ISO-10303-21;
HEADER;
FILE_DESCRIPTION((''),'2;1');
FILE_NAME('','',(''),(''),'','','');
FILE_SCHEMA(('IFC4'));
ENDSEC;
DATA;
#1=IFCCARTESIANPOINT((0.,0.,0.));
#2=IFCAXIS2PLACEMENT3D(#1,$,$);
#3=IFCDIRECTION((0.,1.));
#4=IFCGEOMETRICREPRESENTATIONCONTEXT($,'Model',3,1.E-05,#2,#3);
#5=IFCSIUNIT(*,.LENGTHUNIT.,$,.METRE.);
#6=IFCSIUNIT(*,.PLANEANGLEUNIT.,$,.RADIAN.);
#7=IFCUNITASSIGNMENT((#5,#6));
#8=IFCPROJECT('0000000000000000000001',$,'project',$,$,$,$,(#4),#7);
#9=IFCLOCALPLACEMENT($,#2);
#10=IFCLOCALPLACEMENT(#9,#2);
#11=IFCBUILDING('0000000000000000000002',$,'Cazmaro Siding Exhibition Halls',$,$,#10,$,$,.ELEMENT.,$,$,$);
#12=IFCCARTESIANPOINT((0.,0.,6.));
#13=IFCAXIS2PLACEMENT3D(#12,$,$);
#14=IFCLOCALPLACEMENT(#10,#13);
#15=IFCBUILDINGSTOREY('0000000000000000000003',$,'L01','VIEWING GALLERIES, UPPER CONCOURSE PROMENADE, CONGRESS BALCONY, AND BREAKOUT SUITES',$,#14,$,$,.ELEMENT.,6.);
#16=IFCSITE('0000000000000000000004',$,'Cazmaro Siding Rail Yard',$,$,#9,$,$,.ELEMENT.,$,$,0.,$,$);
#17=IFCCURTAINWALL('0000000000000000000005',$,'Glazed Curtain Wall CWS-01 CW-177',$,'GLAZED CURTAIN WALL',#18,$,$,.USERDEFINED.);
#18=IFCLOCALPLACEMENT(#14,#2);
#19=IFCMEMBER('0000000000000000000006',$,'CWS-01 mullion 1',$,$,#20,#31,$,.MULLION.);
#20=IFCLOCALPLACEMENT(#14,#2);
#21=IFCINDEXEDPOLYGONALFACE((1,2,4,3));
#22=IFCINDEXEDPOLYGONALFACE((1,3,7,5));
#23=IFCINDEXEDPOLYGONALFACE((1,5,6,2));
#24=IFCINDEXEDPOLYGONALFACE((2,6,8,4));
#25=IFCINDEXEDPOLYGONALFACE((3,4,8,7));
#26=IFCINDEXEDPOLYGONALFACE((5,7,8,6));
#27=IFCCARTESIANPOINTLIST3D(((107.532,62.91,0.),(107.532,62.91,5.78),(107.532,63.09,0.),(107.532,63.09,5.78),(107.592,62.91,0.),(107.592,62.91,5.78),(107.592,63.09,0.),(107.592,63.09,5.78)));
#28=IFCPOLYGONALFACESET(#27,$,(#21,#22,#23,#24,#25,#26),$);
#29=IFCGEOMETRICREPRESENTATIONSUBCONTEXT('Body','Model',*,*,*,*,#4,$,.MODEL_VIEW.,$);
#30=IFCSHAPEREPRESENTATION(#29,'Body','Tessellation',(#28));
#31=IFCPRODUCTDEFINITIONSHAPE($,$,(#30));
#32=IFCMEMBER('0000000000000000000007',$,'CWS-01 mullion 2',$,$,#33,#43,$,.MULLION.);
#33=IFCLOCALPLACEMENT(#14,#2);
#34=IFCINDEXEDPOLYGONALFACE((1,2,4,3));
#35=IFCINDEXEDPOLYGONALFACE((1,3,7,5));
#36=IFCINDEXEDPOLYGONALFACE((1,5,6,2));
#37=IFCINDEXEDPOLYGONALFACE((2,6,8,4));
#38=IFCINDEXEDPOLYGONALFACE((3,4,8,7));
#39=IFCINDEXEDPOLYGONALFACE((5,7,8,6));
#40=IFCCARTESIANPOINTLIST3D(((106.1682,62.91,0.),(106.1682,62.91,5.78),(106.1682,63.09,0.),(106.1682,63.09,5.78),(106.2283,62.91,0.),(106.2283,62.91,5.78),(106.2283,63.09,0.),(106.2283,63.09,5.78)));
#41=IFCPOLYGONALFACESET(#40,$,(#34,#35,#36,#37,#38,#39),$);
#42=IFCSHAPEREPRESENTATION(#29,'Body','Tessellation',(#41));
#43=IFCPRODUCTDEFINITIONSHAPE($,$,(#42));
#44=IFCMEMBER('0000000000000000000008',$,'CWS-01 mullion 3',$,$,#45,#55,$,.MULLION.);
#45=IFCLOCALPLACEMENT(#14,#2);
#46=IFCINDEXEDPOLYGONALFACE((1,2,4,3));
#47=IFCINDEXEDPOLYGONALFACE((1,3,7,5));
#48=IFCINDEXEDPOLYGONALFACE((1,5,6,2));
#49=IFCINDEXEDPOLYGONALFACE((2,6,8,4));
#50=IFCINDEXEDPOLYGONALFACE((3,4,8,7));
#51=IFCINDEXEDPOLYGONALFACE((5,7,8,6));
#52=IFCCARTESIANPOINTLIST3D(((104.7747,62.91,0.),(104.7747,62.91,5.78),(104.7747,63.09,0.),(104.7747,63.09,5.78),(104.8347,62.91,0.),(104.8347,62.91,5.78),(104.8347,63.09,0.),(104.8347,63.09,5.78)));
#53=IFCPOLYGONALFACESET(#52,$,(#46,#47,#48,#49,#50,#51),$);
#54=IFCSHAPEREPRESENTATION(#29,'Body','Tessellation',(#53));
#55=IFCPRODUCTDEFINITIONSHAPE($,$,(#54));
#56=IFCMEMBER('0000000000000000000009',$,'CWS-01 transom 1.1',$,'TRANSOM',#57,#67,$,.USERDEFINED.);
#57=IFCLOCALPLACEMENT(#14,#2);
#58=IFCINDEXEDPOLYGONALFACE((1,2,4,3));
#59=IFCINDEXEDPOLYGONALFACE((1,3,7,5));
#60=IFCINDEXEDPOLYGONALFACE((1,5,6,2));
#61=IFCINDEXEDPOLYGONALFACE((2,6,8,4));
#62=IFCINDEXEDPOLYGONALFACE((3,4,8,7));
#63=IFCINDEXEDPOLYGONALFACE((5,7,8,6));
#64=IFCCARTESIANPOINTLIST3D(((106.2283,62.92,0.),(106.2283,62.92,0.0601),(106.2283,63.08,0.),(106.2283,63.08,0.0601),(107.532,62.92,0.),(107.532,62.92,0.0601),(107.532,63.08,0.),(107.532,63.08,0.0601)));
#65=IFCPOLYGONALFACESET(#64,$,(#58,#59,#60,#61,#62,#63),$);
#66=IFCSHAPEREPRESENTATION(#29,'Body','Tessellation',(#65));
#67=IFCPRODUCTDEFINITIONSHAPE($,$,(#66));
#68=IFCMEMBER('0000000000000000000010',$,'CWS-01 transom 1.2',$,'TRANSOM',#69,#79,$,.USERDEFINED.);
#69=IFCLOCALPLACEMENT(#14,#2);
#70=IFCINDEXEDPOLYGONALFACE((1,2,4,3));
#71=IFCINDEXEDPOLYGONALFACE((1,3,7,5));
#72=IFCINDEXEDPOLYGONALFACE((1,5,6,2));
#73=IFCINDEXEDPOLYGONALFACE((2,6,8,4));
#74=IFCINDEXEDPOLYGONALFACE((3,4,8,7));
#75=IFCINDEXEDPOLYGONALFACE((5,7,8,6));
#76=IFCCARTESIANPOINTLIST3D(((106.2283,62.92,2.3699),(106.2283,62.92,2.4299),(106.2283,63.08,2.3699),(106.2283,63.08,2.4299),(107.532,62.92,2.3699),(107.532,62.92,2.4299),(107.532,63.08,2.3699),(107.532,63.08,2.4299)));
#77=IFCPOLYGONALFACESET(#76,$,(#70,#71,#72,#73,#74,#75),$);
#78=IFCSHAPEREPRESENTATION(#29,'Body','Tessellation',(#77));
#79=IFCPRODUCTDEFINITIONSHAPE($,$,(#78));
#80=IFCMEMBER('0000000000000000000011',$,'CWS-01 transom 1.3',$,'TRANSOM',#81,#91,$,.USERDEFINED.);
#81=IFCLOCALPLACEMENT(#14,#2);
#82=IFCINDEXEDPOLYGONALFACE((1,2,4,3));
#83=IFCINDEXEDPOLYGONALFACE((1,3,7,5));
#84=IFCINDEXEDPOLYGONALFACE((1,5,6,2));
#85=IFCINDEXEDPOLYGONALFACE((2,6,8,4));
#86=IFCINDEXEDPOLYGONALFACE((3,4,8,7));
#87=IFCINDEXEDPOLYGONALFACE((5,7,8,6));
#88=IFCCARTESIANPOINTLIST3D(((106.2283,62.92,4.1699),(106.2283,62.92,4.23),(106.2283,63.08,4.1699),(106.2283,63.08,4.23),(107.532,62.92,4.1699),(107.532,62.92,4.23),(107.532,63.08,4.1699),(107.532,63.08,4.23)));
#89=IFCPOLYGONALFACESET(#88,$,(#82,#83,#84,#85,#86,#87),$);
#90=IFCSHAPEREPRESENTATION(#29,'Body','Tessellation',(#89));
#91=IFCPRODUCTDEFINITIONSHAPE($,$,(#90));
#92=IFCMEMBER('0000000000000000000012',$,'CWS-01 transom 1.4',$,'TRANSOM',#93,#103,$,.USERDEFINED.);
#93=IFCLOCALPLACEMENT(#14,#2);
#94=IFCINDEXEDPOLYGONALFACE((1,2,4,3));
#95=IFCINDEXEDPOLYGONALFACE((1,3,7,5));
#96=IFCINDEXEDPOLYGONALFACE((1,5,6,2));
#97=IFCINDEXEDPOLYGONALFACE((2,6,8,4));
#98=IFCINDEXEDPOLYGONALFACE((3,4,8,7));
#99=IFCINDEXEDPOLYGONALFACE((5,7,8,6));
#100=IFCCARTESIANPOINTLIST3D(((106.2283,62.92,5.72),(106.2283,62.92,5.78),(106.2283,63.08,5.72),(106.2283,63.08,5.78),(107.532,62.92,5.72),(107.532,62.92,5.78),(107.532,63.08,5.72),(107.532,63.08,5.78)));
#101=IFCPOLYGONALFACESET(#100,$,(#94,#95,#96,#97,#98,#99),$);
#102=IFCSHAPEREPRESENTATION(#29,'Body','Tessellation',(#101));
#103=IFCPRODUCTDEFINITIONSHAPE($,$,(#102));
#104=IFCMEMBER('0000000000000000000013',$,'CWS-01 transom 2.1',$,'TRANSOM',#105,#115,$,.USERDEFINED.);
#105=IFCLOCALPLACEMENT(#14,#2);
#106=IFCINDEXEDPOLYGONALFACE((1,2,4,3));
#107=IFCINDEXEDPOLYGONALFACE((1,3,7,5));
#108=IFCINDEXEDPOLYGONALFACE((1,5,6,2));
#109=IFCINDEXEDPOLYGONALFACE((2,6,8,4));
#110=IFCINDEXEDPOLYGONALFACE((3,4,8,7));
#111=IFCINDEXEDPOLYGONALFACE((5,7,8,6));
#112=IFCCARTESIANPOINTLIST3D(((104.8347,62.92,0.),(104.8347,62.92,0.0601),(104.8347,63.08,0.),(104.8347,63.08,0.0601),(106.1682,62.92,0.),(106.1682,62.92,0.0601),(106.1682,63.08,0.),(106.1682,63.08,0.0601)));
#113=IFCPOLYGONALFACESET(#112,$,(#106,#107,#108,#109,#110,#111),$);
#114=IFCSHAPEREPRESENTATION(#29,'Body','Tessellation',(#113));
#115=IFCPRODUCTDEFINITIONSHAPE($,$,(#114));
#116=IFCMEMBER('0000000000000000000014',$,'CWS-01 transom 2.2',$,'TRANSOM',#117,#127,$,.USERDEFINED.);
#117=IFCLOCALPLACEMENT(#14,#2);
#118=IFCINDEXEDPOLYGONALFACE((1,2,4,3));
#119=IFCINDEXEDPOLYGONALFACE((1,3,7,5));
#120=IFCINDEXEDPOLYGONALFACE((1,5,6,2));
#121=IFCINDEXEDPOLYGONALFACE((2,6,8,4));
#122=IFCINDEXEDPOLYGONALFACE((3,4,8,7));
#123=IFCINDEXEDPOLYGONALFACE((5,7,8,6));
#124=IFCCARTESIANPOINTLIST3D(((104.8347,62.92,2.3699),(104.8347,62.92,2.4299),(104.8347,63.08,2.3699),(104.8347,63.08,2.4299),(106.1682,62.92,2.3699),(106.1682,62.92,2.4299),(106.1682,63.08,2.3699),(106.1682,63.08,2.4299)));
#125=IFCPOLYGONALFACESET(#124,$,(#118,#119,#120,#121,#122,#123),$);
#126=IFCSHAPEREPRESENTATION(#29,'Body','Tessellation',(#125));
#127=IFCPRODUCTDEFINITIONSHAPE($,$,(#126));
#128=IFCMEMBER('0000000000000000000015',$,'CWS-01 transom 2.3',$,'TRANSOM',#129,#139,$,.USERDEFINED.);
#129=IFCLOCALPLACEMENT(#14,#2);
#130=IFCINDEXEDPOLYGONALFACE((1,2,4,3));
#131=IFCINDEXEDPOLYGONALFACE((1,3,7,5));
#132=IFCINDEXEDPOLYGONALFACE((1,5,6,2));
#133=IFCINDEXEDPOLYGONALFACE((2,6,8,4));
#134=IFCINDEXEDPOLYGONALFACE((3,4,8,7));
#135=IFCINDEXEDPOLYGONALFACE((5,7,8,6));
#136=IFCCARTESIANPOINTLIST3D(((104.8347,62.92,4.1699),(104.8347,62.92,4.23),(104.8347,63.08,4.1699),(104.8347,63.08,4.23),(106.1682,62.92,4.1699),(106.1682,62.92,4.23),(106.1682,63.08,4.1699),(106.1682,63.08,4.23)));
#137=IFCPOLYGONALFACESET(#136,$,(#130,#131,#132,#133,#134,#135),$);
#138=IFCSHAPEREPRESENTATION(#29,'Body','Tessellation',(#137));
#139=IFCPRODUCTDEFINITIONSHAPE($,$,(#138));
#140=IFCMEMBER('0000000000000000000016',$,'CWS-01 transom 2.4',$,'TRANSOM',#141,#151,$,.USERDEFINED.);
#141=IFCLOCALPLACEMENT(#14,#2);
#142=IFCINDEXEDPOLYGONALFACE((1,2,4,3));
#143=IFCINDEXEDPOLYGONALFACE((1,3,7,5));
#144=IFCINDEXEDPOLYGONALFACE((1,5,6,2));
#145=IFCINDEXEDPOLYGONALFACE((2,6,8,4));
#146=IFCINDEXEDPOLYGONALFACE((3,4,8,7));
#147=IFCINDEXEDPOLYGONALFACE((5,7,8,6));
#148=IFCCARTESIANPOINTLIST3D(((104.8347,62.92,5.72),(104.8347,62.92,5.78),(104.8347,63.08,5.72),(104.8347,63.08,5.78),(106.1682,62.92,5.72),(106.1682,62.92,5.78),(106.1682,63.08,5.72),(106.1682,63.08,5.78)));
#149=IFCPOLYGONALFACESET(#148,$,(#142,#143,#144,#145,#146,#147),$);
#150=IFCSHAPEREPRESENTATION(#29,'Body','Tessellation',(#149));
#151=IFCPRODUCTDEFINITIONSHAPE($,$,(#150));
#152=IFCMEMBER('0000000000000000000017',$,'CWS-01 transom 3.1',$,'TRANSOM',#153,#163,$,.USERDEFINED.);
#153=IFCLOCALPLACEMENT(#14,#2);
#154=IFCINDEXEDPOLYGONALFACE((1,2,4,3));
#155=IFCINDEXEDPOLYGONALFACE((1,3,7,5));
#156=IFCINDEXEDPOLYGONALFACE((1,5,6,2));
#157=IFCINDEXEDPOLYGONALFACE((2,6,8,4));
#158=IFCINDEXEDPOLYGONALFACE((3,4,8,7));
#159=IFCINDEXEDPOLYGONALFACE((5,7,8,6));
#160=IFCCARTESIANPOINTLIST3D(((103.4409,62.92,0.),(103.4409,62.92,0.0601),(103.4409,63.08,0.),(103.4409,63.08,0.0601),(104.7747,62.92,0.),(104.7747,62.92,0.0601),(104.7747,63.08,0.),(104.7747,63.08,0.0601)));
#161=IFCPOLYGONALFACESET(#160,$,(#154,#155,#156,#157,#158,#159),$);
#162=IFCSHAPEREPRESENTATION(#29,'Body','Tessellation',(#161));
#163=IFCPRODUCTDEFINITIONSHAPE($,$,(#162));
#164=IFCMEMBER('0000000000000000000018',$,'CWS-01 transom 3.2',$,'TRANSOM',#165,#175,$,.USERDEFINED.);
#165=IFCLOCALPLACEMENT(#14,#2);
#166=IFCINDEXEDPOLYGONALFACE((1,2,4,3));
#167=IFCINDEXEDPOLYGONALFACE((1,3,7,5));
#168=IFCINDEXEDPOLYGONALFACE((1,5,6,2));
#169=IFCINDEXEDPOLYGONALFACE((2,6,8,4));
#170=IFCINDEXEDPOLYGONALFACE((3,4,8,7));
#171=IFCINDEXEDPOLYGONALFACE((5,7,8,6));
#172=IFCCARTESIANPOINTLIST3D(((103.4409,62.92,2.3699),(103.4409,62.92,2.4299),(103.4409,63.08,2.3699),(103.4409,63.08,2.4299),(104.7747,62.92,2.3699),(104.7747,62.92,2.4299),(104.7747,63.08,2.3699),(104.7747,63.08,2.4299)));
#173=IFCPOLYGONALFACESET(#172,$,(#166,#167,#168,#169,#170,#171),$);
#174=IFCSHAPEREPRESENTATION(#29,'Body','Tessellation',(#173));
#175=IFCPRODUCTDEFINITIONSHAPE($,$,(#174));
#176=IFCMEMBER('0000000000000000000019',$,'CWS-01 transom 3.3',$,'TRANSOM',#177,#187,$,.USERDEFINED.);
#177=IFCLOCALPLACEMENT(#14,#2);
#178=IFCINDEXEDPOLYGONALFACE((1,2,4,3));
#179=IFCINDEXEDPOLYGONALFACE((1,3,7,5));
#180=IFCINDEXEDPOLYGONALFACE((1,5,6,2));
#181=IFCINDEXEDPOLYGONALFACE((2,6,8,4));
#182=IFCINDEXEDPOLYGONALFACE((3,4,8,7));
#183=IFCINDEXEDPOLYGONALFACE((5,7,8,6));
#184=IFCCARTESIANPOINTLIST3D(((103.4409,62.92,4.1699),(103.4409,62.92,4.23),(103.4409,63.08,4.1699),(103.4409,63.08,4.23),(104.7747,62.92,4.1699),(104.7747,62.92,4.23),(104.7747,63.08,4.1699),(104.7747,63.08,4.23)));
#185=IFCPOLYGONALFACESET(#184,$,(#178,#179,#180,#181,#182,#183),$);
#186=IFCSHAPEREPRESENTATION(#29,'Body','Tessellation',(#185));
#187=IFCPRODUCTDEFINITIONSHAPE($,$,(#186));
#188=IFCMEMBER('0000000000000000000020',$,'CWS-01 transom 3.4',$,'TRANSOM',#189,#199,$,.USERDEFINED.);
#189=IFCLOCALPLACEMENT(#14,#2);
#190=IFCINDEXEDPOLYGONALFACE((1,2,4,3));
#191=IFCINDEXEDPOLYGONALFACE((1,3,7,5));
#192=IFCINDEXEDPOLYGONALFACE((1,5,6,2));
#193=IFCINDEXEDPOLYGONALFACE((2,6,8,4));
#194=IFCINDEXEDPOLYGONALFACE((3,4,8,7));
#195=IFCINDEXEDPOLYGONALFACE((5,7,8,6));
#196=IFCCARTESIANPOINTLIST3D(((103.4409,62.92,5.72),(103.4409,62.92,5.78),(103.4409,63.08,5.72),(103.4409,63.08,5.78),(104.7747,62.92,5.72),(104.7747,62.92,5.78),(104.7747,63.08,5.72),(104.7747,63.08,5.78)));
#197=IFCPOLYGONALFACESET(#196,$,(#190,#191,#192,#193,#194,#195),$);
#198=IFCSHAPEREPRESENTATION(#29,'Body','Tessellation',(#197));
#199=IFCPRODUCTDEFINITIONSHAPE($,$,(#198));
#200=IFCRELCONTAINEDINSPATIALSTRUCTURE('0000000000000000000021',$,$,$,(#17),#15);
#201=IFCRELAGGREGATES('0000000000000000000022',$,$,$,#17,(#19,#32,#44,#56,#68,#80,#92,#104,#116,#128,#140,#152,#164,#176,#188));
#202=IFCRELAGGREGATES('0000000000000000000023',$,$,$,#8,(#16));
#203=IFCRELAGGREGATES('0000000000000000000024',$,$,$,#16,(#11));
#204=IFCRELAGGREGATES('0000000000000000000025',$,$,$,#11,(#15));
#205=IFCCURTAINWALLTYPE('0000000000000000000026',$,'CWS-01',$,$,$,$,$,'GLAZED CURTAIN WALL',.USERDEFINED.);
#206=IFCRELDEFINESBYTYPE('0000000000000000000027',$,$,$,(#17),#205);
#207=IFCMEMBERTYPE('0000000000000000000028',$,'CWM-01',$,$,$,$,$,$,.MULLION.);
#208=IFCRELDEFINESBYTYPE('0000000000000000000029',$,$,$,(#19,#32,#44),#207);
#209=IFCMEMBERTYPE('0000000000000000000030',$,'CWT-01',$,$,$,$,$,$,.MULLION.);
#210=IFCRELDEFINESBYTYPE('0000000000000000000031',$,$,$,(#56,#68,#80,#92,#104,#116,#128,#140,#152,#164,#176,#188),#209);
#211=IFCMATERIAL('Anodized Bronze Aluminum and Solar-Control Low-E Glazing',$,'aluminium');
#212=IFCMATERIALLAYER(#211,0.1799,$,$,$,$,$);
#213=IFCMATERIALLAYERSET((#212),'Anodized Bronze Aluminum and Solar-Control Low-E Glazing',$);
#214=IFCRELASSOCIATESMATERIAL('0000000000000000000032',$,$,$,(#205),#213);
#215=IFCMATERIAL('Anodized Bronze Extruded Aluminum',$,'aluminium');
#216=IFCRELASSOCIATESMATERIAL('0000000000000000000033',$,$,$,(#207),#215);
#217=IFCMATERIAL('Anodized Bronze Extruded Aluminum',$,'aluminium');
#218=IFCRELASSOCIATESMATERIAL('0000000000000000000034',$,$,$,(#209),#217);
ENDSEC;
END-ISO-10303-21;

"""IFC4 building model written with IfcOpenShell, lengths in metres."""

from ifc_helpers import new_model, si_unit, direction, frame, origin, origin_2d, place, context, subcontext, project, spatial, rectangle, extrude, material, layer, layer_set, material_profile, profile_set, type_object, element, aggregate, save


model = new_model("IFC4")

# Units and contexts
model_context = context("Model", 3, precision=1e-05, world=origin(), true_north=direction((0.0, 1.0)))
body_context = subcontext(model_context, "Body", "Model", "MODEL_VIEW")
ifc_project = project(units=[si_unit("LENGTHUNIT", "METRE"), si_unit("PLANEANGLEUNIT", "RADIAN")], contexts=[model_context])

# Site, building, storey
site_placement = place(None, origin())
site = spatial("IfcSite", under=ifc_project, at=site_placement, Name="Cazmaro Siding Rail Yard", CompositionType="ELEMENT", RefElevation=0.0)
building_placement = place(site_placement, origin())
building = spatial("IfcBuilding", under=site, at=building_placement, Name="Cazmaro Siding Exhibition Halls", CompositionType="ELEMENT")
storey_placement = place(building_placement, frame((0.0, 0.0, 6.0)))
storey = spatial("IfcBuildingStorey", under=building, at=storey_placement, Name="L01", Description="VIEWING GALLERIES, UPPER CONCOURSE PROMENADE, CONGRESS BALCONY, AND BREAKOUT SUITES", CompositionType="ELEMENT", Elevation=6.0)

# Curtain wall, members
ifc_material_1 = material(Name="Anodized Bronze Aluminum and Solar-Control Low-E Glazing", Category="aluminium")
ifc_layer_1 = layer(ifc_material_1, 0.1799)
ifc_layer_set_1 = layer_set([ifc_layer_1], Name="Anodized Bronze Aluminum and Solar-Control Low-E Glazing")
curtain_wall_type = type_object("IfcCurtainWallType", Name="CWS-01", ElementType="GLAZED CURTAIN WALL", PredefinedType="USERDEFINED", material=ifc_layer_set_1)
curtain_wall_placement = place(storey_placement, origin())
curtain_wall = element("IfcCurtainWall", 1, at=curtain_wall_placement, inside=storey, type_object=curtain_wall_type, Name="Glazed Curtain Wall CWS-01 CW-177", ObjectType="GLAZED CURTAIN WALL", PredefinedType="USERDEFINED")
ifc_material_2 = material(Name="Anodized Bronze Extruded Aluminum", Category="aluminium")
ifc_material_profile_1 = material_profile(ifc_material_2, rectangle(XDim=0.1799, YDim=0.0601, at=origin_2d()), Name="CWM-01")
ifc_profile_set_1 = profile_set([ifc_material_profile_1], Name="Anodized Bronze Extruded Aluminum")
member_type_1 = type_object("IfcMemberType", Name="CWM-01", PredefinedType="MULLION", material=ifc_profile_set_1)
member_1_placement = place(storey_placement, frame((107.562, 63.0, 0.0), z_axis=(0.0, 0.0, 1.0), x_axis=(0.0, -1.0, 0.0)))
member_1 = element("IfcMember", 2, at=member_1_placement, type_object=member_type_1, Name="CWS-01 mullion 1", PredefinedType="MULLION", context=body_context, shape_type="SweptSolid", body=[
    extrude(rectangle(XDim=0.1799, YDim=0.0601, at=origin_2d()), origin(), (0.0, 0.0, 1.0), 5.78),
])
member_2_placement = place(storey_placement, frame((106.1982, 63.0, 0.0), z_axis=(0.0, 0.0, 1.0), x_axis=(0.0, -1.0, 0.0)))
member_2 = element("IfcMember", 3, at=member_2_placement, type_object=member_type_1, Name="CWS-01 mullion 2", PredefinedType="MULLION", context=body_context, shape_type="SweptSolid", body=[
    extrude(rectangle(XDim=0.1799, YDim=0.0601, at=origin_2d()), origin(), (0.0, 0.0, 1.0), 5.78),
])
member_3_placement = place(storey_placement, frame((104.8047, 63.0, 0.0), z_axis=(0.0, 0.0, 1.0), x_axis=(0.0, -1.0, 0.0)))
member_3 = element("IfcMember", 4, at=member_3_placement, type_object=member_type_1, Name="CWS-01 mullion 3", PredefinedType="MULLION", context=body_context, shape_type="SweptSolid", body=[
    extrude(rectangle(XDim=0.1799, YDim=0.0601, at=origin_2d()), origin(), (0.0, 0.0, 1.0), 5.78),
])
ifc_material_3 = material(Name="Anodized Bronze Extruded Aluminum", Category="aluminium")
ifc_material_profile_2 = material_profile(ifc_material_3, rectangle(XDim=0.1599, YDim=0.0601, at=origin_2d()), Name="CWT-01")
ifc_profile_set_2 = profile_set([ifc_material_profile_2], Name="Anodized Bronze Extruded Aluminum")
member_type_2 = type_object("IfcMemberType", Name="CWT-01", PredefinedType="MULLION", material=ifc_profile_set_2)
member_4_placement = place(storey_placement, frame((107.532, 63.0, 0.03), z_axis=(-1.0, 0.0, 0.0), x_axis=(0.0, -1.0, 0.0)))
member_4 = element("IfcMember", 5, at=member_4_placement, type_object=member_type_2, Name="CWS-01 transom 1.1", ObjectType="TRANSOM", PredefinedType="USERDEFINED", context=body_context, shape_type="SweptSolid", body=[
    extrude(rectangle(XDim=0.1599, YDim=0.0601, at=origin_2d()), origin(), (0.0, 0.0, 1.0), 1.3037),
])
member_5_placement = place(storey_placement, frame((107.532, 63.0, 2.3999), z_axis=(-1.0, 0.0, 0.0), x_axis=(0.0, -1.0, 0.0)))
member_5 = element("IfcMember", 6, at=member_5_placement, type_object=member_type_2, Name="CWS-01 transom 1.2", ObjectType="TRANSOM", PredefinedType="USERDEFINED", context=body_context, shape_type="SweptSolid", body=[
    extrude(rectangle(XDim=0.1599, YDim=0.0601, at=origin_2d()), origin(), (0.0, 0.0, 1.0), 1.3037),
])
member_6_placement = place(storey_placement, frame((107.532, 63.0, 4.2), z_axis=(-1.0, 0.0, 0.0), x_axis=(0.0, -1.0, 0.0)))
member_6 = element("IfcMember", 7, at=member_6_placement, type_object=member_type_2, Name="CWS-01 transom 1.3", ObjectType="TRANSOM", PredefinedType="USERDEFINED", context=body_context, shape_type="SweptSolid", body=[
    extrude(rectangle(XDim=0.1599, YDim=0.0601, at=origin_2d()), origin(), (0.0, 0.0, 1.0), 1.3037),
])
member_7_placement = place(storey_placement, frame((107.532, 63.0, 5.75), z_axis=(-1.0, 0.0, 0.0), x_axis=(0.0, -1.0, 0.0)))
member_7 = element("IfcMember", 8, at=member_7_placement, type_object=member_type_2, Name="CWS-01 transom 1.4", ObjectType="TRANSOM", PredefinedType="USERDEFINED", context=body_context, shape_type="SweptSolid", body=[
    extrude(rectangle(XDim=0.1599, YDim=0.0601, at=origin_2d()), origin(), (0.0, 0.0, 1.0), 1.3037),
])
member_8_placement = place(storey_placement, frame((106.1682, 63.0, 0.03), z_axis=(-1.0, 0.0, 0.0), x_axis=(0.0, -1.0, 0.0)))
member_8 = element("IfcMember", 9, at=member_8_placement, type_object=member_type_2, Name="CWS-01 transom 2.1", ObjectType="TRANSOM", PredefinedType="USERDEFINED", context=body_context, shape_type="SweptSolid", body=[
    extrude(rectangle(XDim=0.1599, YDim=0.0601, at=origin_2d()), origin(), (0.0, 0.0, 1.0), 1.3335),
])
member_9_placement = place(storey_placement, frame((106.1682, 63.0, 2.3999), z_axis=(-1.0, 0.0, 0.0), x_axis=(0.0, -1.0, 0.0)))
member_9 = element("IfcMember", 10, at=member_9_placement, type_object=member_type_2, Name="CWS-01 transom 2.2", ObjectType="TRANSOM", PredefinedType="USERDEFINED", context=body_context, shape_type="SweptSolid", body=[
    extrude(rectangle(XDim=0.1599, YDim=0.0601, at=origin_2d()), origin(), (0.0, 0.0, 1.0), 1.3335),
])
member_10_placement = place(storey_placement, frame((106.1682, 63.0, 4.2), z_axis=(-1.0, 0.0, 0.0), x_axis=(0.0, -1.0, 0.0)))
member_10 = element("IfcMember", 11, at=member_10_placement, type_object=member_type_2, Name="CWS-01 transom 2.3", ObjectType="TRANSOM", PredefinedType="USERDEFINED", context=body_context, shape_type="SweptSolid", body=[
    extrude(rectangle(XDim=0.1599, YDim=0.0601, at=origin_2d()), origin(), (0.0, 0.0, 1.0), 1.3335),
])
member_11_placement = place(storey_placement, frame((106.1682, 63.0, 5.75), z_axis=(-1.0, 0.0, 0.0), x_axis=(0.0, -1.0, 0.0)))
member_11 = element("IfcMember", 12, at=member_11_placement, type_object=member_type_2, Name="CWS-01 transom 2.4", ObjectType="TRANSOM", PredefinedType="USERDEFINED", context=body_context, shape_type="SweptSolid", body=[
    extrude(rectangle(XDim=0.1599, YDim=0.0601, at=origin_2d()), origin(), (0.0, 0.0, 1.0), 1.3335),
])
member_12_placement = place(storey_placement, frame((104.7747, 63.0, 0.03), z_axis=(-1.0, 0.0, 0.0), x_axis=(0.0, -1.0, 0.0)))
member_12 = element("IfcMember", 13, at=member_12_placement, type_object=member_type_2, Name="CWS-01 transom 3.1", ObjectType="TRANSOM", PredefinedType="USERDEFINED", context=body_context, shape_type="SweptSolid", body=[
    extrude(rectangle(XDim=0.1599, YDim=0.0601, at=origin_2d()), origin(), (0.0, 0.0, 1.0), 1.3337),
])
member_13_placement = place(storey_placement, frame((104.7747, 63.0, 2.3999), z_axis=(-1.0, 0.0, 0.0), x_axis=(0.0, -1.0, 0.0)))
member_13 = element("IfcMember", 14, at=member_13_placement, type_object=member_type_2, Name="CWS-01 transom 3.2", ObjectType="TRANSOM", PredefinedType="USERDEFINED", context=body_context, shape_type="SweptSolid", body=[
    extrude(rectangle(XDim=0.1599, YDim=0.0601, at=origin_2d()), origin(), (0.0, 0.0, 1.0), 1.3337),
])
member_14_placement = place(storey_placement, frame((104.7747, 63.0, 4.2), z_axis=(-1.0, 0.0, 0.0), x_axis=(0.0, -1.0, 0.0)))
member_14 = element("IfcMember", 15, at=member_14_placement, type_object=member_type_2, Name="CWS-01 transom 3.3", ObjectType="TRANSOM", PredefinedType="USERDEFINED", context=body_context, shape_type="SweptSolid", body=[
    extrude(rectangle(XDim=0.1599, YDim=0.0601, at=origin_2d()), origin(), (0.0, 0.0, 1.0), 1.3337),
])
member_15_placement = place(storey_placement, frame((104.7747, 63.0, 5.75), z_axis=(-1.0, 0.0, 0.0), x_axis=(0.0, -1.0, 0.0)))
member_15 = element("IfcMember", 16, at=member_15_placement, type_object=member_type_2, Name="CWS-01 transom 3.4", ObjectType="TRANSOM", PredefinedType="USERDEFINED", context=body_context, shape_type="SweptSolid", body=[
    extrude(rectangle(XDim=0.1599, YDim=0.0601, at=origin_2d()), origin(), (0.0, 0.0, 1.0), 1.3337),
])
aggregate(curtain_wall, [member_1, member_2, member_3, member_4, member_5, member_6, member_7, member_8, member_9, member_10, member_11, member_12, member_13, member_14, member_15])

save(model, "model.ifc")
